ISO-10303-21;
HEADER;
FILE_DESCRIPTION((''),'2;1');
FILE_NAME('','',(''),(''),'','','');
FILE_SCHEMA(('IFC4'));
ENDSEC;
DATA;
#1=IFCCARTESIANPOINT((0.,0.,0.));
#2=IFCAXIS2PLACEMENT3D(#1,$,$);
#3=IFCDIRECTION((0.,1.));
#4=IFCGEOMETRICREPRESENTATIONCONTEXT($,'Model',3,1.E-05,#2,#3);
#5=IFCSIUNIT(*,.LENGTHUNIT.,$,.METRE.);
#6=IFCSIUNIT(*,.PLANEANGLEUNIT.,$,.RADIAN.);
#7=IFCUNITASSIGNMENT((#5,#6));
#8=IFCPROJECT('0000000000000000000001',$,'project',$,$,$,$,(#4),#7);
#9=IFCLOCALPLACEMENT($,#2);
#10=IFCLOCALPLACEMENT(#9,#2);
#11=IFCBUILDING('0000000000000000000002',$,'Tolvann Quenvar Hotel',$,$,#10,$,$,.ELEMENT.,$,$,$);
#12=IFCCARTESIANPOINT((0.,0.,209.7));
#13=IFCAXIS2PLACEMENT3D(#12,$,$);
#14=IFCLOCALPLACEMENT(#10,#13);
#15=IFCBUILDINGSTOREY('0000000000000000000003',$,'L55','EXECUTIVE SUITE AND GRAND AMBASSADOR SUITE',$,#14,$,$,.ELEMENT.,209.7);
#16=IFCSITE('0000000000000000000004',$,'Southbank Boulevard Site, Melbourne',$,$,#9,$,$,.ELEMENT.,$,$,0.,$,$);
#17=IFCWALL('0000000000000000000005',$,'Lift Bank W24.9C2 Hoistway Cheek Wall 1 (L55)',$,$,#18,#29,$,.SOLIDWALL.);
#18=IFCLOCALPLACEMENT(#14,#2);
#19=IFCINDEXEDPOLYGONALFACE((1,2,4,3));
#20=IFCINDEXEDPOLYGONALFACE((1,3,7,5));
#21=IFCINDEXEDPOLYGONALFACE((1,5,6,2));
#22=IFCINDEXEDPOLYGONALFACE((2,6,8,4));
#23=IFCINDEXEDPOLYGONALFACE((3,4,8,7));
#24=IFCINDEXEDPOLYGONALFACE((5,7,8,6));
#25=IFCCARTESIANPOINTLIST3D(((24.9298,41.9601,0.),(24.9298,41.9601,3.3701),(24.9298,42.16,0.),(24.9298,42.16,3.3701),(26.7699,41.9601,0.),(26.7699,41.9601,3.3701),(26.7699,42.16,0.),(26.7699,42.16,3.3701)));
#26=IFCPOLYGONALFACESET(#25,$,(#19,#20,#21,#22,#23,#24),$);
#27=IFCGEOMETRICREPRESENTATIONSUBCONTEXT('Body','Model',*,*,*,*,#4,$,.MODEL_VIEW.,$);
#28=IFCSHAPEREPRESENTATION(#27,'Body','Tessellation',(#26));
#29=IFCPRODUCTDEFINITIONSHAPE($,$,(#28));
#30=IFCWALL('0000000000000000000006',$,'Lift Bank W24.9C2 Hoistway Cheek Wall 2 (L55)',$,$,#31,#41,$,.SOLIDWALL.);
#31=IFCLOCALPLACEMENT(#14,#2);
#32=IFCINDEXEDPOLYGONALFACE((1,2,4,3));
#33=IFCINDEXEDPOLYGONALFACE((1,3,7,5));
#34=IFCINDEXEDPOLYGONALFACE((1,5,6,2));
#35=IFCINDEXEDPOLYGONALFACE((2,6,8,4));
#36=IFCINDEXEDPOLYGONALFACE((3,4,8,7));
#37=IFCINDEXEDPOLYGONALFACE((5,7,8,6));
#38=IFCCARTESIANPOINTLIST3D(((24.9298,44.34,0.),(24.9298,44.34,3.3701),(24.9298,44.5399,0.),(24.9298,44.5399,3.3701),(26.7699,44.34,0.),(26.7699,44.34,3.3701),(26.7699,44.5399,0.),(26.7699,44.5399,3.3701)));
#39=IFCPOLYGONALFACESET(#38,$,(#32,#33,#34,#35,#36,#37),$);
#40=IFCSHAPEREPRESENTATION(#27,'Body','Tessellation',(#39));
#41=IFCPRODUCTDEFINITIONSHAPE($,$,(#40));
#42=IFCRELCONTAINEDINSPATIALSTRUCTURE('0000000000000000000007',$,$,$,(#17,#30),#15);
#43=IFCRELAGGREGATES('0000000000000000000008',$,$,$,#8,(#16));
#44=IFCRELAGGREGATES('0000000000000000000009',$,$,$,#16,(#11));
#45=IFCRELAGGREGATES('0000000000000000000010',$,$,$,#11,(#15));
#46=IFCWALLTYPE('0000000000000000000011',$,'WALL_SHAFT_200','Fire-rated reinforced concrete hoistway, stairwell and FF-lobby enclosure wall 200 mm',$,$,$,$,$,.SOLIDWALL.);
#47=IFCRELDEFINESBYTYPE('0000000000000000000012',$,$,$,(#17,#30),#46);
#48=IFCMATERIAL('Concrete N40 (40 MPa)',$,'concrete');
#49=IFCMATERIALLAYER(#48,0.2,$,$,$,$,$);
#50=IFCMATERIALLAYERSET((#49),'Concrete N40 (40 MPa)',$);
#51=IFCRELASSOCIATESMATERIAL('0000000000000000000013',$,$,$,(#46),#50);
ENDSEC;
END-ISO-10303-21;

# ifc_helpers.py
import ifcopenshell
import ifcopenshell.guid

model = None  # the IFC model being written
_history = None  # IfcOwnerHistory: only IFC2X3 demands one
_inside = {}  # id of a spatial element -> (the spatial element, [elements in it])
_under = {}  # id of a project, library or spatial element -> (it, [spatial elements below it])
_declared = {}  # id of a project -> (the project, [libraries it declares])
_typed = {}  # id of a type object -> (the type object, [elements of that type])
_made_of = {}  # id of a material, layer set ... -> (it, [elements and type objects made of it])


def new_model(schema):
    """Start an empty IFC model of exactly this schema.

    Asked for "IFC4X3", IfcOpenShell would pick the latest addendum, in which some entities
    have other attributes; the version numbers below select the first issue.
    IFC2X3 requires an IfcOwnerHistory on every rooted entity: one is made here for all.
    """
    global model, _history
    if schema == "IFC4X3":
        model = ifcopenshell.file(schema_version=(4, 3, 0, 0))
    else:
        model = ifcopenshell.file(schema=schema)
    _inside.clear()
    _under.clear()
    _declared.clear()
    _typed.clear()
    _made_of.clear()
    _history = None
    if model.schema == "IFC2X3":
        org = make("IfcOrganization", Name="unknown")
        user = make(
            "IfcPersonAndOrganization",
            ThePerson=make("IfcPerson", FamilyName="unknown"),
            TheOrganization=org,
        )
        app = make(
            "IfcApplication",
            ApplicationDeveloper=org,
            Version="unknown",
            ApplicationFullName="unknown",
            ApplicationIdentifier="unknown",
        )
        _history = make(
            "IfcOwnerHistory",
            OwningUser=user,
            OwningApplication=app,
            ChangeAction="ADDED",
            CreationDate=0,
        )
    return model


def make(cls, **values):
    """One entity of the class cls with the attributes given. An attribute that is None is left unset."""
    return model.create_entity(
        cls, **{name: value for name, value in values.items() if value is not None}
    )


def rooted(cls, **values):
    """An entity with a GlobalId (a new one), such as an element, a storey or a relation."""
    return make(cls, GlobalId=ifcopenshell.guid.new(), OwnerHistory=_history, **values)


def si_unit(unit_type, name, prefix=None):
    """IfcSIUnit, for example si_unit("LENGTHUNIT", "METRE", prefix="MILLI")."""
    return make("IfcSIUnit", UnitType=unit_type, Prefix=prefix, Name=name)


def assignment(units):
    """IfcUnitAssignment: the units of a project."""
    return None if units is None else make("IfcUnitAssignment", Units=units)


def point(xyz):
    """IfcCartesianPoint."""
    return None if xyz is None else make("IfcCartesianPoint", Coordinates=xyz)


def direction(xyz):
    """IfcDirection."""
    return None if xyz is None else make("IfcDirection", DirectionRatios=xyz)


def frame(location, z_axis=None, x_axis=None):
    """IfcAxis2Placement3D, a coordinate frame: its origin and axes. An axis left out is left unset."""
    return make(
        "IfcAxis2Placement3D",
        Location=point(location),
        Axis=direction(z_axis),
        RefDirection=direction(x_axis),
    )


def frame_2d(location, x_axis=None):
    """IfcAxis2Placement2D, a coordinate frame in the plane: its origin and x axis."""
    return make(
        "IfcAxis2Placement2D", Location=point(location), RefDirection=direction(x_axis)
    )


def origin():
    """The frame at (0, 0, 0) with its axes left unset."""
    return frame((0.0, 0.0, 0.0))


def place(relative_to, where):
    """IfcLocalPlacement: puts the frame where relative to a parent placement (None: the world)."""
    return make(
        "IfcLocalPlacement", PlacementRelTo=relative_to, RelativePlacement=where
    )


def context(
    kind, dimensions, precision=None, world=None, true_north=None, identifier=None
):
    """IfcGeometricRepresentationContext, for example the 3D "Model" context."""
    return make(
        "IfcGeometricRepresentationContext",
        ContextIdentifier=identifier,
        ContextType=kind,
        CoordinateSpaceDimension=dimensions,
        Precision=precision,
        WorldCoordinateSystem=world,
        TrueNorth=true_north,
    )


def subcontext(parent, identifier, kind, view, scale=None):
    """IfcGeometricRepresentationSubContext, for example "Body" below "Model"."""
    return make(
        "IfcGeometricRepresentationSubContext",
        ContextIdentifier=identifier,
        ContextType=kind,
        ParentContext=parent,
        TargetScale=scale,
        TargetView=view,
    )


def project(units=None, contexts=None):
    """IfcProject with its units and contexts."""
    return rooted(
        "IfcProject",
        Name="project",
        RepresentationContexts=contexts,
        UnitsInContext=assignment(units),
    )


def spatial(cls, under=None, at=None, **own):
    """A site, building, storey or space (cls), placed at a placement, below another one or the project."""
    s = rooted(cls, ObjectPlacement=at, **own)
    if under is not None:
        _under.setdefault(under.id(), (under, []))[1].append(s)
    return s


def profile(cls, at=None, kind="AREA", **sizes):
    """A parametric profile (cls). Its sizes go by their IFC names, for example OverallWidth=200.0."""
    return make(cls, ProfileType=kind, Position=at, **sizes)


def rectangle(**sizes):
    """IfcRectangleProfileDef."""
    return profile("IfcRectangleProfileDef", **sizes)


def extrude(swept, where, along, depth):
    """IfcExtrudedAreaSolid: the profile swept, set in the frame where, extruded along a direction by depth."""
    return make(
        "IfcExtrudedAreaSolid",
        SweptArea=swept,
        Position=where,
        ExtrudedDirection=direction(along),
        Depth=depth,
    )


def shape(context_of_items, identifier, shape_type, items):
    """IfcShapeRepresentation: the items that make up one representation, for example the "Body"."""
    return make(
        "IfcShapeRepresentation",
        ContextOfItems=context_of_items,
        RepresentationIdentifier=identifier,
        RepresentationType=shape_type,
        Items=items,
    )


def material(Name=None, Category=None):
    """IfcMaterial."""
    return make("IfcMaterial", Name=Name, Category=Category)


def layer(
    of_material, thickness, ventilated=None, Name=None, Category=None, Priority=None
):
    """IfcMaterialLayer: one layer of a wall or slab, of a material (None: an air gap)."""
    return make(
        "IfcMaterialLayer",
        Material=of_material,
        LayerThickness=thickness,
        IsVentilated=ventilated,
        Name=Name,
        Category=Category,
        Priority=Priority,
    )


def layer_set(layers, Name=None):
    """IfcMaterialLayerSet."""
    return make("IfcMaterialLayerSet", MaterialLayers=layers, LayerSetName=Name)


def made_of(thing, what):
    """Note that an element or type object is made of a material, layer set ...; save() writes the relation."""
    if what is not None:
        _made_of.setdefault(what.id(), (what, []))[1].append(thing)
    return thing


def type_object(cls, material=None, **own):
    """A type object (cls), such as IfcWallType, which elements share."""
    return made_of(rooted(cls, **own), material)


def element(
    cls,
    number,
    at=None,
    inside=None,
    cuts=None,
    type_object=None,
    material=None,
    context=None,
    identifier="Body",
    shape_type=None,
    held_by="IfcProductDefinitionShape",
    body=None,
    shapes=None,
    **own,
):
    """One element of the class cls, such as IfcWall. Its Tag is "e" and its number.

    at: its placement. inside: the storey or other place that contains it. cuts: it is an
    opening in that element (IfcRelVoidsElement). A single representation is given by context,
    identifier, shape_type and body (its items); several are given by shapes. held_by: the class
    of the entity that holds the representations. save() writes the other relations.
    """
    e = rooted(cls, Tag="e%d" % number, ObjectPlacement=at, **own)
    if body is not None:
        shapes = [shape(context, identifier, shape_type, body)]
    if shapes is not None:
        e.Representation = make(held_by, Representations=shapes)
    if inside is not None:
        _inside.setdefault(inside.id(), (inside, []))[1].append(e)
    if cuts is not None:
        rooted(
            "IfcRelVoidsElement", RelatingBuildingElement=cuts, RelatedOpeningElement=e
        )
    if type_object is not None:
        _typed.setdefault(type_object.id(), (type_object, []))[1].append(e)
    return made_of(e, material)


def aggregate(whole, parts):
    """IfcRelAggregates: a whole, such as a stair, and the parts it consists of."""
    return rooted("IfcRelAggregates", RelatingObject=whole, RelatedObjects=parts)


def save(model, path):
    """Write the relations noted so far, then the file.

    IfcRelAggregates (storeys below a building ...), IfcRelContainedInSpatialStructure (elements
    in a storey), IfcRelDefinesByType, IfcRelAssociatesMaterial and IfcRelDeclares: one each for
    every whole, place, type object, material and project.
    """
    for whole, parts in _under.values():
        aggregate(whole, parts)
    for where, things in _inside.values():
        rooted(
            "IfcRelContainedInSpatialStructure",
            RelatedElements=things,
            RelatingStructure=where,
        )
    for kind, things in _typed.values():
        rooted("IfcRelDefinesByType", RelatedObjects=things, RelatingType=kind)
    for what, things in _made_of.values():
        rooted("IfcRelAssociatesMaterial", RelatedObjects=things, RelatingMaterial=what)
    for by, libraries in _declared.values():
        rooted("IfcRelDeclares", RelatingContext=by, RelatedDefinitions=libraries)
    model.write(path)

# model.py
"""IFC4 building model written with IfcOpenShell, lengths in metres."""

from ifc_helpers import new_model, si_unit, direction, frame, frame_2d, origin, place, context, subcontext, project, spatial, rectangle, extrude, material, layer, layer_set, type_object, element, save


model = new_model("IFC4")

# Units and contexts
model_context = context("Model", 3, precision=1e-05, world=origin(), true_north=direction((0.0, 1.0)))
body_context = subcontext(model_context, "Body", "Model", "MODEL_VIEW")
ifc_project = project(units=[si_unit("LENGTHUNIT", "METRE"), si_unit("PLANEANGLEUNIT", "RADIAN")], contexts=[model_context])

# Site, building, storey
site_placement = place(None, origin())
site = spatial("IfcSite", under=ifc_project, at=site_placement, Name="Southbank Boulevard Site, Melbourne", CompositionType="ELEMENT", RefElevation=0.0)
building_placement = place(site_placement, origin())
building = spatial("IfcBuilding", under=site, at=building_placement, Name="Tolvann Quenvar Hotel", CompositionType="ELEMENT")
storey_placement = place(building_placement, frame((0.0, 0.0, 209.7)))
storey = spatial("IfcBuildingStorey", under=building, at=storey_placement, Name="L55", Description="EXECUTIVE SUITE AND GRAND AMBASSADOR SUITE", CompositionType="ELEMENT", Elevation=209.7)

# Shared definitions
ifc_material_1 = material(Name="Concrete N40 (40 MPa)", Category="concrete")
ifc_layer_1 = layer(ifc_material_1, 0.2)
ifc_layer_set_1 = layer_set([ifc_layer_1], Name="Concrete N40 (40 MPa)")
wall_type_1 = type_object("IfcWallType", Name="WALL_SHAFT_200", Description="Fire-rated reinforced concrete hoistway, stairwell and FF-lobby enclosure wall 200 mm", PredefinedType="SOLIDWALL", material=ifc_layer_set_1)

# Walls
for number, where, z_axis, x_axis, name in (
    (1, (24.9299, 42.0601, 0.0), (0.0, 0.0, 1.0), (1.0, 0.0, 0.0), "Lift Bank W24.9C2 Hoistway Cheek Wall 1 (L55)"),
    (2, (24.9299, 44.4399, 0.0), (0.0, 0.0, 1.0), (1.0, 0.0, 0.0), "Lift Bank W24.9C2 Hoistway Cheek Wall 2 (L55)"),
):
    element("IfcWall", number, at=place(storey_placement, frame(where, z_axis=z_axis, x_axis=x_axis)), inside=storey, type_object=wall_type_1, Name=name, PredefinedType="SOLIDWALL", context=body_context, shape_type="SweptSolid", body=[
        extrude(rectangle(XDim=1.8401, YDim=0.2, at=frame_2d((0.9199, 0.0))), origin(), (0.0, 0.0, 1.0), 3.3701),
    ])

save(model, "model.ifc")
